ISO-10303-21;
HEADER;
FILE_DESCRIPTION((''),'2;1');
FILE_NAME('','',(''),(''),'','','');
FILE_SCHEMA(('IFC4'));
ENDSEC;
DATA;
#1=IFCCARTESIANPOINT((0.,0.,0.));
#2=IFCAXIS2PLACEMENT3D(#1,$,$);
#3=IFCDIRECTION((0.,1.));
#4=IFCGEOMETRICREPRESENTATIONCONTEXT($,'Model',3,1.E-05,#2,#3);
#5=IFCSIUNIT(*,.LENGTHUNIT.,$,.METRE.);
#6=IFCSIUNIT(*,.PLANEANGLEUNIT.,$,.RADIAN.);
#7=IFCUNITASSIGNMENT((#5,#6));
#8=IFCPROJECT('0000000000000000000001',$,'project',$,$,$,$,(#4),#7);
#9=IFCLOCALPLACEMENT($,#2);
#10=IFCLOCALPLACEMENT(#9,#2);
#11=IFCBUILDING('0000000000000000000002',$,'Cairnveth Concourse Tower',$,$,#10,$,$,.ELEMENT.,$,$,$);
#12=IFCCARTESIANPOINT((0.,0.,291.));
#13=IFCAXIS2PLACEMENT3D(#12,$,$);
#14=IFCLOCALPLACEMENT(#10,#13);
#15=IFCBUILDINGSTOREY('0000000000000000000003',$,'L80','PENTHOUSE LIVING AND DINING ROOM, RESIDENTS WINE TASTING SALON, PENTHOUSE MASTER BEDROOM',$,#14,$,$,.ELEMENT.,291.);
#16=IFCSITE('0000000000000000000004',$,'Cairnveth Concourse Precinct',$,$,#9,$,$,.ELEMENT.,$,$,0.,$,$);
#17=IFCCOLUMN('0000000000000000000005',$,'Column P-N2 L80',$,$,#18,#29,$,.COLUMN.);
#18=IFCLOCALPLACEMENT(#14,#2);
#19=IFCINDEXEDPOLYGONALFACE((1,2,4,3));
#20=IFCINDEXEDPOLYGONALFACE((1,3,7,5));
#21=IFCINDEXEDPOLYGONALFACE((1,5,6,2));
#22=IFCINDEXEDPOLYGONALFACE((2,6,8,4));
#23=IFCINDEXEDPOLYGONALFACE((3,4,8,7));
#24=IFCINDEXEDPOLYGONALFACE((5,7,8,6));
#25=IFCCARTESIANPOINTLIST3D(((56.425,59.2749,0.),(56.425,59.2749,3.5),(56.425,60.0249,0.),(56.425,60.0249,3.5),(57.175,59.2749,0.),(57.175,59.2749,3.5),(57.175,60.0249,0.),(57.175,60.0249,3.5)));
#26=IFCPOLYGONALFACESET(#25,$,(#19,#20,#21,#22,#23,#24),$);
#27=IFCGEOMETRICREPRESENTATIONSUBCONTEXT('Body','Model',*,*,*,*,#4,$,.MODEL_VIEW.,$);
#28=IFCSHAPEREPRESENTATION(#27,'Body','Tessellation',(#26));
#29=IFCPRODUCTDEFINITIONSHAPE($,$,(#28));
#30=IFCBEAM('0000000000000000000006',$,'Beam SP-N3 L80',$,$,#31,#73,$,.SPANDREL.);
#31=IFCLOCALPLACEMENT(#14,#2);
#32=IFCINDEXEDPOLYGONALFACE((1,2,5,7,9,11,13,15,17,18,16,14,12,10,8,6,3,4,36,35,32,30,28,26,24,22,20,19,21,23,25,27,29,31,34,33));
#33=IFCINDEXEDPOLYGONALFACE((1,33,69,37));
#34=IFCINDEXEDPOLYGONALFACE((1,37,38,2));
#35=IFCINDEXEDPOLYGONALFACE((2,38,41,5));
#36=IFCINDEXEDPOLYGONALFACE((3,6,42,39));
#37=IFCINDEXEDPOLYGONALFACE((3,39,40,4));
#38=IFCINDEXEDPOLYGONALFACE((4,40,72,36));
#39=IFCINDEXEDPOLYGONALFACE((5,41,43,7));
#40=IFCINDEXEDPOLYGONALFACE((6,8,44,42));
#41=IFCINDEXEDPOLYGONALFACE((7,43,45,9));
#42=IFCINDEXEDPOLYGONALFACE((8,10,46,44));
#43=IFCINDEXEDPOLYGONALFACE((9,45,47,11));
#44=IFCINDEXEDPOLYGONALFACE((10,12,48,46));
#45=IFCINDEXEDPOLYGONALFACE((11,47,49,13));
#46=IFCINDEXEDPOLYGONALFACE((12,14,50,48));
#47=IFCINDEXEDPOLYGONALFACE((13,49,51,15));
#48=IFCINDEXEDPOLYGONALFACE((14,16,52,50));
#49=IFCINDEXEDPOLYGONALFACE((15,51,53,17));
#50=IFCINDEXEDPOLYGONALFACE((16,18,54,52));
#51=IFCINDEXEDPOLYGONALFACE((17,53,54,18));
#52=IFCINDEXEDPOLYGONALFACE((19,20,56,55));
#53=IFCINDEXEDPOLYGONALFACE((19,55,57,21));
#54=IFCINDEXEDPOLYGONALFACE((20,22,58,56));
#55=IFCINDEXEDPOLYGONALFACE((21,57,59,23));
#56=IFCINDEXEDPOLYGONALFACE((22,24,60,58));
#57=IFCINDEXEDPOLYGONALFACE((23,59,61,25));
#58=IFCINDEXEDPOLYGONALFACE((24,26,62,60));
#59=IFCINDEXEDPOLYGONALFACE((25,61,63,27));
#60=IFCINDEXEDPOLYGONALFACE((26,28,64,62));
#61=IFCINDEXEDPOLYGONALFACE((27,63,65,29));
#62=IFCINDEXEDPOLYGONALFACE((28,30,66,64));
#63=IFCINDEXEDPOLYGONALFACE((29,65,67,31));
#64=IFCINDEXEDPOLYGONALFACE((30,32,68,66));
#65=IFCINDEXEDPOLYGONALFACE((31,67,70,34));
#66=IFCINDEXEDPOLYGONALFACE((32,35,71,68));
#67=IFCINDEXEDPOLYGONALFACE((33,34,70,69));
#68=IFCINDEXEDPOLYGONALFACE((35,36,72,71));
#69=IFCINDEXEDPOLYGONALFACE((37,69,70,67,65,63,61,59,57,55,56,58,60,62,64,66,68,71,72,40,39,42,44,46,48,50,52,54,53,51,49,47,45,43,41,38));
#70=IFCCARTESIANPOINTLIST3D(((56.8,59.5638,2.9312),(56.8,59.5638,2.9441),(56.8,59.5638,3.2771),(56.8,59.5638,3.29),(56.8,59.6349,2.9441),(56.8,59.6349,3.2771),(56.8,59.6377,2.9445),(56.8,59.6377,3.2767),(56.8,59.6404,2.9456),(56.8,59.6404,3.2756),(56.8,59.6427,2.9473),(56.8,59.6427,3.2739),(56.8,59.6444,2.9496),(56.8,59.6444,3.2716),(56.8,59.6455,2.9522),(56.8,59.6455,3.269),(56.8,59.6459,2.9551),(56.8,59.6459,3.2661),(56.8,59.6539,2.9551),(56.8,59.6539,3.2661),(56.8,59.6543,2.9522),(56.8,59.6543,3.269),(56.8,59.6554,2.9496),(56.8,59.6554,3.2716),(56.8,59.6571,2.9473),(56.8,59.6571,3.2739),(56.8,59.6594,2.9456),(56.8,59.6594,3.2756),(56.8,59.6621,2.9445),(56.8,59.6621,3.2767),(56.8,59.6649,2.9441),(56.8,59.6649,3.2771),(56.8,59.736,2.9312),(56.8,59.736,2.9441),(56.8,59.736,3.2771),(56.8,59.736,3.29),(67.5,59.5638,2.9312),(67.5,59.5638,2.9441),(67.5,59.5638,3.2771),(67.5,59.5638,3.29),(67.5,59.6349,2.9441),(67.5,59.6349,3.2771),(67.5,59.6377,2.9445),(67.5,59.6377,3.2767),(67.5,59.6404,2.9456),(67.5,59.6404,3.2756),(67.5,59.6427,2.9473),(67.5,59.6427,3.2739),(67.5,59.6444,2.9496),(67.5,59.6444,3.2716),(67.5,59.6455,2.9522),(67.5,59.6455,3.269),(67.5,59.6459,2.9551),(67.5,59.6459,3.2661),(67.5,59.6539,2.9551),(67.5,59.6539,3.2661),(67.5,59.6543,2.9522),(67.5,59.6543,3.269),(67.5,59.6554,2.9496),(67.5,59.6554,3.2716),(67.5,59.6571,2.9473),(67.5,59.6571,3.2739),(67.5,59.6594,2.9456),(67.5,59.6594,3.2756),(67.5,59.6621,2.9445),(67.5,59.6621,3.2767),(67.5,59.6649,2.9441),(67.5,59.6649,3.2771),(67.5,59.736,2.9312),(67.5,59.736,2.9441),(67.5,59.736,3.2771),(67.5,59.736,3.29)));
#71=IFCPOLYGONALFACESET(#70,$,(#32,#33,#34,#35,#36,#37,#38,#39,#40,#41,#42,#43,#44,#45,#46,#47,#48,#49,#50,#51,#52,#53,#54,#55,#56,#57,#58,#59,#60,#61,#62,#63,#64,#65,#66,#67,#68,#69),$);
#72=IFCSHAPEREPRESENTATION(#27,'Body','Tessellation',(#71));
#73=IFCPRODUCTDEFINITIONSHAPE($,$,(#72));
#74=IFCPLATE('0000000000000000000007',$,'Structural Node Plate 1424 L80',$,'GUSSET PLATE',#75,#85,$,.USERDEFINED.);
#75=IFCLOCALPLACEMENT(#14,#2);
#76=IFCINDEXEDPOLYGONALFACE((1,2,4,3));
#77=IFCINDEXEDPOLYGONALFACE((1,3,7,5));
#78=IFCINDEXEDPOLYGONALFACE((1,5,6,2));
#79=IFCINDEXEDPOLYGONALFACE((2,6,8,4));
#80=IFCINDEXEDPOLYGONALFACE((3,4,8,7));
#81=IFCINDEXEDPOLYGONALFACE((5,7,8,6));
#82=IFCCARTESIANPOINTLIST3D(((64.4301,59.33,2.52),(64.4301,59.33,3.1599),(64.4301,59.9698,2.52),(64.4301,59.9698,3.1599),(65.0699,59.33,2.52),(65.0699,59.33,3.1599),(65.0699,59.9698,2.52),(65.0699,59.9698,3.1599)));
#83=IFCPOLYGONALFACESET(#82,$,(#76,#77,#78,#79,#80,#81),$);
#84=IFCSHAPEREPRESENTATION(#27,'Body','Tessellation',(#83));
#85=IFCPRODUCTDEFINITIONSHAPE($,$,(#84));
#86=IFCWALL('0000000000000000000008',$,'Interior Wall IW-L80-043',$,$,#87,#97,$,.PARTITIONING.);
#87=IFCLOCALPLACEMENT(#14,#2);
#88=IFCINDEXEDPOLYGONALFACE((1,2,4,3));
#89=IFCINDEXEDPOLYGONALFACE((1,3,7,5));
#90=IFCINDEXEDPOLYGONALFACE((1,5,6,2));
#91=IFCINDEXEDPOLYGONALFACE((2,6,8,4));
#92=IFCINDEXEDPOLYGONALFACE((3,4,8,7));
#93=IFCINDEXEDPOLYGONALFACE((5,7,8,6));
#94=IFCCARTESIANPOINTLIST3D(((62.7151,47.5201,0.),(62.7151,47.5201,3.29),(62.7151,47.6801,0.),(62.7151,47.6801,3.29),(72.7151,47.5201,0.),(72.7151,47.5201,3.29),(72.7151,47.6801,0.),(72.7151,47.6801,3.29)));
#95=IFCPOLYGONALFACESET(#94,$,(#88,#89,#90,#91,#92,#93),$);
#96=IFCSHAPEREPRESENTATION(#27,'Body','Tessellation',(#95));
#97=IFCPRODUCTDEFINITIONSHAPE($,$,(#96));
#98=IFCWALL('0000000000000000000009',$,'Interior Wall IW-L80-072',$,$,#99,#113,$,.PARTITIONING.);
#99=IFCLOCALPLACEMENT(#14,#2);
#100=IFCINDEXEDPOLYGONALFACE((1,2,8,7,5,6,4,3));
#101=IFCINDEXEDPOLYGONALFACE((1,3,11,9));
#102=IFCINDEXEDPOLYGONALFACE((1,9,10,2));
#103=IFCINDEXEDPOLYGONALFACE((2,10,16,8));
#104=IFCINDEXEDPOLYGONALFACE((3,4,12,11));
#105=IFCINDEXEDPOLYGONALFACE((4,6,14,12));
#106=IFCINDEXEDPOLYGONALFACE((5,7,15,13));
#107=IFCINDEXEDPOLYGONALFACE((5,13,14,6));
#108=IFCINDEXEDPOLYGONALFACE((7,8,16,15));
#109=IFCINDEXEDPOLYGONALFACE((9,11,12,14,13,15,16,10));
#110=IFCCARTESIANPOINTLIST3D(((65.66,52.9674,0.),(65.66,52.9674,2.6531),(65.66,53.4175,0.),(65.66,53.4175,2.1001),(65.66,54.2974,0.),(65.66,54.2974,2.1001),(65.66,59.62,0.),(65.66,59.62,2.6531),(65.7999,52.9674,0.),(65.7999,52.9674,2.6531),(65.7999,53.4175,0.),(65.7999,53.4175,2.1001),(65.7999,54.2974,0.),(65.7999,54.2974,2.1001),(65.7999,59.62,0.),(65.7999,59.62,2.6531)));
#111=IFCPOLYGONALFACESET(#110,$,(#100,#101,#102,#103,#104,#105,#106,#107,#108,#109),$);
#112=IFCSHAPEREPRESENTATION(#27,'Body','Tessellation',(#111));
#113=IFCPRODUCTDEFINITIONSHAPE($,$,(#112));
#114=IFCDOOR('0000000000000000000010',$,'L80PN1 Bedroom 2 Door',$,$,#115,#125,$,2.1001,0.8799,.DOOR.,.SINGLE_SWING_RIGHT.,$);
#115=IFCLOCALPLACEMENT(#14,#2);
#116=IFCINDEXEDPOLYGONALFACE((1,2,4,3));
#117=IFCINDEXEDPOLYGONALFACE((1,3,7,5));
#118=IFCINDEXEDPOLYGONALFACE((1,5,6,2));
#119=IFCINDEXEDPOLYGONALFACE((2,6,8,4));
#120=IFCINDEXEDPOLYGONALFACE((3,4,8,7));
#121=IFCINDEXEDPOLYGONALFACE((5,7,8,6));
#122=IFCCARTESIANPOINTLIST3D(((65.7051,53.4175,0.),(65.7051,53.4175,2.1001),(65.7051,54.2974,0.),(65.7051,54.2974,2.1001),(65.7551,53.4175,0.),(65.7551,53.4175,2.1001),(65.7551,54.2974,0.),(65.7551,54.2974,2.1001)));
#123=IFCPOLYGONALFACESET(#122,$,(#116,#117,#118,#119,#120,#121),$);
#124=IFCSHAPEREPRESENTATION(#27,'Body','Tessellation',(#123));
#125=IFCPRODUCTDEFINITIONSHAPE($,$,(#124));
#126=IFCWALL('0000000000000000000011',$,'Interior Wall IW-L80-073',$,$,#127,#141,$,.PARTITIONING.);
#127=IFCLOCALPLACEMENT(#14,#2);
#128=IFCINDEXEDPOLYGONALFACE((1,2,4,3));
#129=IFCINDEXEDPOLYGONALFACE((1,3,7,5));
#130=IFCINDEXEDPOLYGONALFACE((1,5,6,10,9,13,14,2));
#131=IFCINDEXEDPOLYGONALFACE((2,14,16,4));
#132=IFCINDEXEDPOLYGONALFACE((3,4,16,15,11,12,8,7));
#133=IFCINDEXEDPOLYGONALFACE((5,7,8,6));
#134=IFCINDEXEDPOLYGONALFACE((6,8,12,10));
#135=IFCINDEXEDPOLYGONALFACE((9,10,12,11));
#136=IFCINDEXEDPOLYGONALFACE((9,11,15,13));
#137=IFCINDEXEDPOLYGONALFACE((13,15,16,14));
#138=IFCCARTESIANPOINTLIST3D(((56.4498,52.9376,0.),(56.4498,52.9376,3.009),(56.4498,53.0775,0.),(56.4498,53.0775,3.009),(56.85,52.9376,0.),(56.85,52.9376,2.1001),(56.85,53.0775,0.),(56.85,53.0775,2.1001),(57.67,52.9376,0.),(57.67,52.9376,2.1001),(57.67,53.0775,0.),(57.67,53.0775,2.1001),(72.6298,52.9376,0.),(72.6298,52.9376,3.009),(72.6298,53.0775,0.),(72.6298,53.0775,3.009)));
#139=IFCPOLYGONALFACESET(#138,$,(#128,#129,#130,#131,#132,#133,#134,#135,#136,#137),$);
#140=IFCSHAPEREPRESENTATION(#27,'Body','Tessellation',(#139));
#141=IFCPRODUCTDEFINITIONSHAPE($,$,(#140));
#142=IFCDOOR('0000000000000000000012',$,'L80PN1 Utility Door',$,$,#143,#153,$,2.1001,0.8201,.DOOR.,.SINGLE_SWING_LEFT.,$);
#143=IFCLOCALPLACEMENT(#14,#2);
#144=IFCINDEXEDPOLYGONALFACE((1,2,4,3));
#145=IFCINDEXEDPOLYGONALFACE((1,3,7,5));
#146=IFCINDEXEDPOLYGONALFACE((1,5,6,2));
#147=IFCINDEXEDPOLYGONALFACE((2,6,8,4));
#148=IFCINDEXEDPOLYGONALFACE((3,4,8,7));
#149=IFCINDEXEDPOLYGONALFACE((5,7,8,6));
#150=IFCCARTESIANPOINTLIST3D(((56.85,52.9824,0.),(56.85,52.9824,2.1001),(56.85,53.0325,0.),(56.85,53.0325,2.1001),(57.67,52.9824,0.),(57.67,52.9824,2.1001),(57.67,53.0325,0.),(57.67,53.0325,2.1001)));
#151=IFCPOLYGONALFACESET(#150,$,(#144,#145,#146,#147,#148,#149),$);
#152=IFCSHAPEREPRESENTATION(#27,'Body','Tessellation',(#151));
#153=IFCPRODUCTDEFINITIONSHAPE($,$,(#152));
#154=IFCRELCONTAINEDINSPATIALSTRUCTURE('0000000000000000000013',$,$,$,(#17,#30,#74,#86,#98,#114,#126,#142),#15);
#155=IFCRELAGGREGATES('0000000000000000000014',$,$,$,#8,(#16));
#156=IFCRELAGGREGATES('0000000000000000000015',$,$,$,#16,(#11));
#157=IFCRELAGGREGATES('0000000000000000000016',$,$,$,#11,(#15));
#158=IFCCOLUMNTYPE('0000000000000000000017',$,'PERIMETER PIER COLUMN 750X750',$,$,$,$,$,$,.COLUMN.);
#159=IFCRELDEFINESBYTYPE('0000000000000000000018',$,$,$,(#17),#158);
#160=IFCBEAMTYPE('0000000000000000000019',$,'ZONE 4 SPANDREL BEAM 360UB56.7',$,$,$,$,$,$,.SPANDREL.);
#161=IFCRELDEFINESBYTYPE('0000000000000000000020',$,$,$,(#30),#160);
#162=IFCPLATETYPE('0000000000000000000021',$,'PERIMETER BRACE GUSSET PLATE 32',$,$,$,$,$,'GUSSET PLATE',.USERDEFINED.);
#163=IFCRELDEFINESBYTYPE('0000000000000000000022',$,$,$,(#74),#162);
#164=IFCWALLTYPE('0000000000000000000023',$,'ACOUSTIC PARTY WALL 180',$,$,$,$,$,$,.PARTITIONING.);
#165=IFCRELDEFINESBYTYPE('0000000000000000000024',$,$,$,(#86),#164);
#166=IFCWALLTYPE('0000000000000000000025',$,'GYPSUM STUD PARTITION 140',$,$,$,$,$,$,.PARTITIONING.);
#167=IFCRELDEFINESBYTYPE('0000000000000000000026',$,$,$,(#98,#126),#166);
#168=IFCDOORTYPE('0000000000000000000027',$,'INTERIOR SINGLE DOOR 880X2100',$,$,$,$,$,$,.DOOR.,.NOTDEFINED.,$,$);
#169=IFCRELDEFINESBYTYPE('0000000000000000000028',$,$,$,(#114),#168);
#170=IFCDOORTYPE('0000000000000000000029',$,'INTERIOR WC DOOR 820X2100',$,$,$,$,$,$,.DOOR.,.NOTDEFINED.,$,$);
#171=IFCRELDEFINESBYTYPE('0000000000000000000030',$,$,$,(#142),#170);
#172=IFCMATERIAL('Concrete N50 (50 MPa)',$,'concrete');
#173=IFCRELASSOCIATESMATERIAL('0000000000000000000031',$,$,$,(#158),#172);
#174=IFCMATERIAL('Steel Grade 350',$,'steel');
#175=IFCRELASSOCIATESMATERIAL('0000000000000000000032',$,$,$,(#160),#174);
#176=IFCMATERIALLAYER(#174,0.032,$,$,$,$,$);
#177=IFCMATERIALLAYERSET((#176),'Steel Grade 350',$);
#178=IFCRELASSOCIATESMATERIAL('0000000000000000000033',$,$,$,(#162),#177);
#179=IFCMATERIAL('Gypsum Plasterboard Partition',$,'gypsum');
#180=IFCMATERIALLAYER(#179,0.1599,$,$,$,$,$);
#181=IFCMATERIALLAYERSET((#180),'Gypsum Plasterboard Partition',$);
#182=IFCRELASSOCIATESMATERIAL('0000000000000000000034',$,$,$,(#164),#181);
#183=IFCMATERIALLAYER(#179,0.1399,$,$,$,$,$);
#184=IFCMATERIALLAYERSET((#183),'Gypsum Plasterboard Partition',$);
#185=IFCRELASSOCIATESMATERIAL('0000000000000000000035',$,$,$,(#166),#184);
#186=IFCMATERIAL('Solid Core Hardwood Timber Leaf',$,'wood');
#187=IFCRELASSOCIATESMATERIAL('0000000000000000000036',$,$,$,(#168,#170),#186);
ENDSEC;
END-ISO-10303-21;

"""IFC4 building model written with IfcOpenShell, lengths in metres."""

from ifc_helpers import new_model, si_unit, direction, frame, frame_2d, origin, origin_2d, place, context, subcontext, project, spatial, rectangle, i_section, extrude, material, layer, layer_set, material_profile, profile_set, type_object, element, fill, save


model = new_model("IFC4")

# Units and contexts
model_context = context("Model", 3, precision=1e-05, world=origin(), true_north=direction((0.0, 1.0)))
body_context = subcontext(model_context, "Body", "Model", "MODEL_VIEW")
ifc_project = project(units=[si_unit("LENGTHUNIT", "METRE"), si_unit("PLANEANGLEUNIT", "RADIAN")], contexts=[model_context])

# Site, building, storey
site_placement = place(None, origin())
site = spatial("IfcSite", under=ifc_project, at=site_placement, Name="Cairnveth Concourse Precinct", CompositionType="ELEMENT", RefElevation=0.0)
building_placement = place(site_placement, origin())
building = spatial("IfcBuilding", under=site, at=building_placement, Name="Cairnveth Concourse Tower", CompositionType="ELEMENT")
storey_placement = place(building_placement, frame((0.0, 0.0, 291.0)))
storey = spatial("IfcBuildingStorey", under=building, at=storey_placement, Name="L80", Description="PENTHOUSE LIVING AND DINING ROOM, RESIDENTS WINE TASTING SALON, PENTHOUSE MASTER BEDROOM", CompositionType="ELEMENT", Elevation=291.0)

# Column
ifc_material_1 = material(Name="Concrete N50 (50 MPa)", Category="concrete")
ifc_material_profile_1 = material_profile(ifc_material_1, rectangle(XDim=0.75, YDim=0.75, at=origin_2d()), Name="RC-COL-750x750")
ifc_profile_set_1 = profile_set([ifc_material_profile_1], Name="Concrete N50 (50 MPa)")
column_type = type_object("IfcColumnType", Name="PERIMETER PIER COLUMN 750X750", PredefinedType="COLUMN", material=ifc_profile_set_1)
column_placement = place(storey_placement, frame((56.8, 59.6499, 0.0), z_axis=(0.0, 0.0, 1.0), x_axis=(1.0, 0.0, 0.0)))
element("IfcColumn", 1, at=column_placement, inside=storey, type_object=column_type, Name="Column P-N2 L80", PredefinedType="COLUMN", context=body_context, shape_type="SweptSolid", body=[
    extrude(rectangle(XDim=0.75, YDim=0.75, at=origin_2d()), origin(), (0.0, 0.0, 1.0), 3.5),
])

# Beam
ifc_material_2 = material(Name="Steel Grade 350", Category="steel")
ifc_material_profile_2 = material_profile(ifc_material_2, i_section(OverallWidth=0.1721, OverallDepth=0.3589, WebThickness=0.0081, FlangeThickness=0.0129, FilletRadius=0.011, at=origin_2d()), Name="360UB56.7")
ifc_profile_set_2 = profile_set([ifc_material_profile_2], Name="Steel Grade 350")
beam_type = type_object("IfcBeamType", Name="ZONE 4 SPANDREL BEAM 360UB56.7", PredefinedType="SPANDREL", material=ifc_profile_set_2)
beam_placement = place(storey_placement, frame((56.8, 59.6499, 3.1106), z_axis=(1.0, 0.0, 0.0), x_axis=(0.0, 1.0, 0.0)))
element("IfcBeam", 2, at=beam_placement, inside=storey, type_object=beam_type, Name="Beam SP-N3 L80", PredefinedType="SPANDREL", context=body_context, shape_type="SweptSolid", body=[
    extrude(i_section(OverallWidth=0.1721, OverallDepth=0.3589, WebThickness=0.0081, FlangeThickness=0.0129, FilletRadius=0.011, at=origin_2d()), origin(), (0.0, 0.0, 1.0), 10.7),
])

# Plate
ifc_layer_1 = layer(ifc_material_2, 0.032)
ifc_layer_set_1 = layer_set([ifc_layer_1], Name="Steel Grade 350")
plate_type = type_object("IfcPlateType", Name="PERIMETER BRACE GUSSET PLATE 32", ElementType="GUSSET PLATE", PredefinedType="USERDEFINED", material=ifc_layer_set_1)
plate_placement = place(storey_placement, frame((64.75, 59.6499, 2.52), z_axis=(0.0, 0.0, 1.0), x_axis=(1.0, 0.0, 0.0)))
element("IfcPlate", 3, at=plate_placement, inside=storey, type_object=plate_type, Name="Structural Node Plate 1424 L80", ObjectType="GUSSET PLATE", PredefinedType="USERDEFINED", context=body_context, shape_type="SweptSolid", body=[
    extrude(rectangle(XDim=0.6399, YDim=0.6399, at=origin_2d()), origin(), (0.0, 0.0, 1.0), 0.6399),
])

# Wall
ifc_material_3 = material(Name="Gypsum Plasterboard Partition", Category="gypsum")
ifc_layer_2 = layer(ifc_material_3, 0.1599)
ifc_layer_set_2 = layer_set([ifc_layer_2], Name="Gypsum Plasterboard Partition")
wall_type_1 = type_object("IfcWallType", Name="ACOUSTIC PARTY WALL 180", PredefinedType="PARTITIONING", material=ifc_layer_set_2)
wall_1_placement = place(storey_placement, frame((62.7151, 47.6001, 0.0), z_axis=(0.0, 0.0, 1.0), x_axis=(1.0, 0.0, 0.0)))
element("IfcWall", 4, at=wall_1_placement, inside=storey, type_object=wall_type_1, Name="Interior Wall IW-L80-043", PredefinedType="PARTITIONING", context=body_context, shape_type="SweptSolid", body=[
    extrude(rectangle(XDim=10.0, YDim=0.1599, at=frame_2d((5.0, 0.0))), origin(), (0.0, 0.0, 1.0), 3.29),
])

# Walls, openings, doors
ifc_layer_3 = layer(ifc_material_3, 0.1399)
ifc_layer_set_3 = layer_set([ifc_layer_3], Name="Gypsum Plasterboard Partition")
wall_type_2 = type_object("IfcWallType", Name="GYPSUM STUD PARTITION 140", PredefinedType="PARTITIONING", material=ifc_layer_set_3)
wall_2_placement = place(storey_placement, frame((65.73, 52.9675, 0.0), z_axis=(0.0, 0.0, 1.0), x_axis=(0.0, 1.0, 0.0)))
wall_2 = element("IfcWall", 5, at=wall_2_placement, inside=storey, type_object=wall_type_2, Name="Interior Wall IW-L80-072", PredefinedType="PARTITIONING", context=body_context, shape_type="SweptSolid", body=[
    extrude(rectangle(XDim=6.6526, YDim=0.1399, at=frame_2d((3.3262, 0.0))), origin(), (0.0, 0.0, 1.0), 2.6531),
])
opening_1_placement = place(wall_2_placement, frame((0.45, 0.0, 0.0)))
opening_1 = element("IfcOpeningElement", 6, at=opening_1_placement, cuts=wall_2, PredefinedType="OPENING", context=body_context, shape_type="SweptSolid", body=[
    extrude(rectangle(XDim=0.8799, YDim=2.1001, at=frame_2d((0.4399, 1.05))), frame((0.0, 0.0798, 0.0), z_axis=(0.0, -1.0, 0.0), x_axis=(1.0, 0.0, 0.0)), (0.0, 0.0, 1.0), 0.1599),
])
ifc_material_4 = material(Name="Solid Core Hardwood Timber Leaf", Category="wood")
door_type_1 = type_object("IfcDoorType", Name="INTERIOR SINGLE DOOR 880X2100", OperationType="NOTDEFINED", PredefinedType="DOOR", material=ifc_material_4)
door_1_placement = place(opening_1_placement, origin())
door_1 = element("IfcDoor", 7, at=door_1_placement, inside=storey, type_object=door_type_1, Name="L80PN1 Bedroom 2 Door", OperationType="SINGLE_SWING_RIGHT", OverallHeight=2.1001, OverallWidth=0.8799, PredefinedType="DOOR", context=body_context, shape_type="SweptSolid", body=[
    extrude(rectangle(XDim=0.8799, YDim=2.1001, at=frame_2d((0.4399, 1.05))), frame((0.0, 0.0249, 0.0), z_axis=(0.0, -1.0, 0.0), x_axis=(1.0, 0.0, 0.0)), (0.0, 0.0, 1.0), 0.05),
])
fill(opening_1, door_1)
wall_3_placement = place(storey_placement, frame((56.45, 53.0076, 0.0), z_axis=(0.0, 0.0, 1.0), x_axis=(1.0, 0.0, 0.0)))
wall_3 = element("IfcWall", 8, at=wall_3_placement, inside=storey, type_object=wall_type_2, Name="Interior Wall IW-L80-073", PredefinedType="PARTITIONING", context=body_context, shape_type="SweptSolid", body=[
    extrude(rectangle(XDim=16.1799, YDim=0.1399, at=frame_2d((8.0898, 0.0))), origin(), (0.0, 0.0, 1.0), 3.009),
])
opening_2_placement = place(wall_3_placement, frame((0.3999, 0.0, 0.0)))
opening_2 = element("IfcOpeningElement", 9, at=opening_2_placement, cuts=wall_3, PredefinedType="OPENING", context=body_context, shape_type="SweptSolid", body=[
    extrude(rectangle(XDim=0.8201, YDim=2.1001, at=frame_2d((0.4102, 1.05))), frame((0.0, 0.0798, 0.0), z_axis=(0.0, -1.0, 0.0), x_axis=(1.0, 0.0, 0.0)), (0.0, 0.0, 1.0), 0.1599),
])
door_type_2 = type_object("IfcDoorType", Name="INTERIOR WC DOOR 820X2100", OperationType="NOTDEFINED", PredefinedType="DOOR", material=ifc_material_4)
door_2_placement = place(opening_2_placement, origin())
door_2 = element("IfcDoor", 10, at=door_2_placement, inside=storey, type_object=door_type_2, Name="L80PN1 Utility Door", OperationType="SINGLE_SWING_LEFT", OverallHeight=2.1001, OverallWidth=0.8201, PredefinedType="DOOR", context=body_context, shape_type="SweptSolid", body=[
    extrude(rectangle(XDim=0.8201, YDim=2.1001, at=frame_2d((0.4102, 1.05))), frame((0.0, 0.0249, 0.0), z_axis=(0.0, -1.0, 0.0), x_axis=(1.0, 0.0, 0.0)), (0.0, 0.0, 1.0), 0.05),
])
fill(opening_2, door_2)

save(model, "model.ifc")
